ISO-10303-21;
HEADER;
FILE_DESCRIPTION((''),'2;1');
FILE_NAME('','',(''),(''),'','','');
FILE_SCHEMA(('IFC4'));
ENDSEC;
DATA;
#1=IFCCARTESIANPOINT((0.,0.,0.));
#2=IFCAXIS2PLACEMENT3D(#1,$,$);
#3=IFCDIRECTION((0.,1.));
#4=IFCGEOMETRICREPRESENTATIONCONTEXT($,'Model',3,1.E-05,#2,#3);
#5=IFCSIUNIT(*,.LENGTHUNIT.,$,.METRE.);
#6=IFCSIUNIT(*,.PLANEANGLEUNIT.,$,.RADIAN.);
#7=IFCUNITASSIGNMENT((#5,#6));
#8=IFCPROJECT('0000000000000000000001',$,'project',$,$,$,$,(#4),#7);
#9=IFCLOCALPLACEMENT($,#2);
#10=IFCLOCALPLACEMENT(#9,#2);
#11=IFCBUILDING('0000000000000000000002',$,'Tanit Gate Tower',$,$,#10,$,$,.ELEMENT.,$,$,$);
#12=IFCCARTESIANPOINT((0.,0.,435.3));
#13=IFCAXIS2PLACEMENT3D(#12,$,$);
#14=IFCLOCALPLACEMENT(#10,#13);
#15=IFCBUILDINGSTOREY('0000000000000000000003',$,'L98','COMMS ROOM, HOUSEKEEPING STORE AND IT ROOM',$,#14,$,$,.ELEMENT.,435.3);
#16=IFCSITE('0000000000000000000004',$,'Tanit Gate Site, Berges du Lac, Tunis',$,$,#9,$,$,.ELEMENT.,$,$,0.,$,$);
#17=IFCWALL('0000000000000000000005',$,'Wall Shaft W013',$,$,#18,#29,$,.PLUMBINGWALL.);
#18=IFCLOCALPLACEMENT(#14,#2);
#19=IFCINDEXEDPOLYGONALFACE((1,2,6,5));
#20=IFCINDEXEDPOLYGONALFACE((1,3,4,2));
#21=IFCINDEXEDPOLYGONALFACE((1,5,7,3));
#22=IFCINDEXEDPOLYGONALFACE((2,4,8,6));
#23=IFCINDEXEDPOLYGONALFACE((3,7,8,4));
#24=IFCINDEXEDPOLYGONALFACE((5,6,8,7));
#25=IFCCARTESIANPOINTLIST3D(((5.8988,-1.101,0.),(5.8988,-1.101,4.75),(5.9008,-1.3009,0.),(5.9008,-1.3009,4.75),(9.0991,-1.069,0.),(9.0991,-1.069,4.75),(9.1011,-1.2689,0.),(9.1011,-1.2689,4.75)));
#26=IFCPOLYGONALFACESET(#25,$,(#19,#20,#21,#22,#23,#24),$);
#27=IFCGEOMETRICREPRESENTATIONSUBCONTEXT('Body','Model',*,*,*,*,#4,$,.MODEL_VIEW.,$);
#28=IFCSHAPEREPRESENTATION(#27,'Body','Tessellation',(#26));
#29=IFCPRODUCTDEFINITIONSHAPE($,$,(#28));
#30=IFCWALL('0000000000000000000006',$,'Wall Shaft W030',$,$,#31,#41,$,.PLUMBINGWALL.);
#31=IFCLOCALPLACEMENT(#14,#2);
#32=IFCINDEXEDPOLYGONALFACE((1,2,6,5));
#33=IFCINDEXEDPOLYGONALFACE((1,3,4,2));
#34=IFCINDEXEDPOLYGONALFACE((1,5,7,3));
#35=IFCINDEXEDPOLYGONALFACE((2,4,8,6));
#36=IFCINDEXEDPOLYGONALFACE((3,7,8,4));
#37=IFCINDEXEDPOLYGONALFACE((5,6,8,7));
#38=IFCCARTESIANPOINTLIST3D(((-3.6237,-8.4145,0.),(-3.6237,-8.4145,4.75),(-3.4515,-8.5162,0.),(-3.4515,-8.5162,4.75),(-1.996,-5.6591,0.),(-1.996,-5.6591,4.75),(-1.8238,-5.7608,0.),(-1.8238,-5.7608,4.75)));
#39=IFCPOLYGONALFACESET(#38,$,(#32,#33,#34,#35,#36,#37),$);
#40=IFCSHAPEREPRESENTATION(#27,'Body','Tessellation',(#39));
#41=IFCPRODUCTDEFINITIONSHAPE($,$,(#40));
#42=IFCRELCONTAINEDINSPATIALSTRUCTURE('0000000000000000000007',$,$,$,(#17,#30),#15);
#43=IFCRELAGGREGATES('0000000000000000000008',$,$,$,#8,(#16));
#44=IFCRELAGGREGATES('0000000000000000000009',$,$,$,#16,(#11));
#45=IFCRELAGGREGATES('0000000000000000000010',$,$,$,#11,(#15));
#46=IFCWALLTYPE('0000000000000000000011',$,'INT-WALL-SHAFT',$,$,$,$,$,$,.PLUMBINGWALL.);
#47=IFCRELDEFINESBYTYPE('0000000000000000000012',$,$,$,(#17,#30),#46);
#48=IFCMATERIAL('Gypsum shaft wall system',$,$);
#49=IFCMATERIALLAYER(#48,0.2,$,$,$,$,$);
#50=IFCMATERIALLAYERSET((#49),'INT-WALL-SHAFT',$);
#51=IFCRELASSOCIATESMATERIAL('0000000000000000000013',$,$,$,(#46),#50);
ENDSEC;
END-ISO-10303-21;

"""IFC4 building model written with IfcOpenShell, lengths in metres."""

from ifc_helpers import new_model, si_unit, direction, frame, frame_2d, origin, place, context, subcontext, project, spatial, rectangle, extrude, material, layer, layer_set, type_object, element, save


model = new_model("IFC4")

# Units and contexts
model_context = context("Model", 3, precision=1e-05, world=origin(), true_north=direction((0.0, 1.0)))
body_context = subcontext(model_context, "Body", "Model", "MODEL_VIEW")
ifc_project = project(units=[si_unit("LENGTHUNIT", "METRE"), si_unit("PLANEANGLEUNIT", "RADIAN")], contexts=[model_context])

# Site, building, storey
site_placement = place(None, origin())
site = spatial("IfcSite", under=ifc_project, at=site_placement, Name="Tanit Gate Site, Berges du Lac, Tunis", CompositionType="ELEMENT", RefElevation=0.0)
building_placement = place(site_placement, origin())
building = spatial("IfcBuilding", under=site, at=building_placement, Name="Tanit Gate Tower", CompositionType="ELEMENT")
storey_placement = place(building_placement, frame((0.0, 0.0, 435.3)))
storey = spatial("IfcBuildingStorey", under=building, at=storey_placement, Name="L98", Description="COMMS ROOM, HOUSEKEEPING STORE AND IT ROOM", CompositionType="ELEMENT", Elevation=435.3)

# Walls
ifc_material_1 = material(Name="Gypsum shaft wall system")
ifc_layer_1 = layer(ifc_material_1, 0.2)
ifc_layer_set_1 = layer_set([ifc_layer_1], Name="INT-WALL-SHAFT")
wall_type_1 = type_object("IfcWallType", Name="INT-WALL-SHAFT", PredefinedType="PLUMBINGWALL", material=ifc_layer_set_1)
wall_1_placement = place(storey_placement, frame((5.8999, -1.2009, 0.0), z_axis=(0.0, 0.0, 1.0), x_axis=(0.99995, 0.009993, 0.0)))
element("IfcWall", 1, at=wall_1_placement, inside=storey, type_object=wall_type_1, Name="Wall Shaft W013", PredefinedType="PLUMBINGWALL", context=body_context, shape_type="SweptSolid", body=[
    extrude(rectangle(XDim=3.2004, YDim=0.2, at=frame_2d((1.6001, 0.0))), origin(), (0.0, 0.0, 1.0), 4.75),
])
wall_2_placement = place(storey_placement, frame((-1.9099, -5.71, 0.0), z_axis=(0.0, 0.0, 1.0), x_axis=(-0.508616, -0.860993, 0.0)))
element("IfcWall", 2, at=wall_2_placement, inside=storey, type_object=wall_type_1, Name="Wall Shaft W030", PredefinedType="PLUMBINGWALL", context=body_context, shape_type="SweptSolid", body=[
    extrude(rectangle(XDim=3.2002, YDim=0.2, at=frame_2d((1.6001, 0.0))), origin(), (0.0, 0.0, 1.0), 4.75),
])

save(model, "model.ifc")
